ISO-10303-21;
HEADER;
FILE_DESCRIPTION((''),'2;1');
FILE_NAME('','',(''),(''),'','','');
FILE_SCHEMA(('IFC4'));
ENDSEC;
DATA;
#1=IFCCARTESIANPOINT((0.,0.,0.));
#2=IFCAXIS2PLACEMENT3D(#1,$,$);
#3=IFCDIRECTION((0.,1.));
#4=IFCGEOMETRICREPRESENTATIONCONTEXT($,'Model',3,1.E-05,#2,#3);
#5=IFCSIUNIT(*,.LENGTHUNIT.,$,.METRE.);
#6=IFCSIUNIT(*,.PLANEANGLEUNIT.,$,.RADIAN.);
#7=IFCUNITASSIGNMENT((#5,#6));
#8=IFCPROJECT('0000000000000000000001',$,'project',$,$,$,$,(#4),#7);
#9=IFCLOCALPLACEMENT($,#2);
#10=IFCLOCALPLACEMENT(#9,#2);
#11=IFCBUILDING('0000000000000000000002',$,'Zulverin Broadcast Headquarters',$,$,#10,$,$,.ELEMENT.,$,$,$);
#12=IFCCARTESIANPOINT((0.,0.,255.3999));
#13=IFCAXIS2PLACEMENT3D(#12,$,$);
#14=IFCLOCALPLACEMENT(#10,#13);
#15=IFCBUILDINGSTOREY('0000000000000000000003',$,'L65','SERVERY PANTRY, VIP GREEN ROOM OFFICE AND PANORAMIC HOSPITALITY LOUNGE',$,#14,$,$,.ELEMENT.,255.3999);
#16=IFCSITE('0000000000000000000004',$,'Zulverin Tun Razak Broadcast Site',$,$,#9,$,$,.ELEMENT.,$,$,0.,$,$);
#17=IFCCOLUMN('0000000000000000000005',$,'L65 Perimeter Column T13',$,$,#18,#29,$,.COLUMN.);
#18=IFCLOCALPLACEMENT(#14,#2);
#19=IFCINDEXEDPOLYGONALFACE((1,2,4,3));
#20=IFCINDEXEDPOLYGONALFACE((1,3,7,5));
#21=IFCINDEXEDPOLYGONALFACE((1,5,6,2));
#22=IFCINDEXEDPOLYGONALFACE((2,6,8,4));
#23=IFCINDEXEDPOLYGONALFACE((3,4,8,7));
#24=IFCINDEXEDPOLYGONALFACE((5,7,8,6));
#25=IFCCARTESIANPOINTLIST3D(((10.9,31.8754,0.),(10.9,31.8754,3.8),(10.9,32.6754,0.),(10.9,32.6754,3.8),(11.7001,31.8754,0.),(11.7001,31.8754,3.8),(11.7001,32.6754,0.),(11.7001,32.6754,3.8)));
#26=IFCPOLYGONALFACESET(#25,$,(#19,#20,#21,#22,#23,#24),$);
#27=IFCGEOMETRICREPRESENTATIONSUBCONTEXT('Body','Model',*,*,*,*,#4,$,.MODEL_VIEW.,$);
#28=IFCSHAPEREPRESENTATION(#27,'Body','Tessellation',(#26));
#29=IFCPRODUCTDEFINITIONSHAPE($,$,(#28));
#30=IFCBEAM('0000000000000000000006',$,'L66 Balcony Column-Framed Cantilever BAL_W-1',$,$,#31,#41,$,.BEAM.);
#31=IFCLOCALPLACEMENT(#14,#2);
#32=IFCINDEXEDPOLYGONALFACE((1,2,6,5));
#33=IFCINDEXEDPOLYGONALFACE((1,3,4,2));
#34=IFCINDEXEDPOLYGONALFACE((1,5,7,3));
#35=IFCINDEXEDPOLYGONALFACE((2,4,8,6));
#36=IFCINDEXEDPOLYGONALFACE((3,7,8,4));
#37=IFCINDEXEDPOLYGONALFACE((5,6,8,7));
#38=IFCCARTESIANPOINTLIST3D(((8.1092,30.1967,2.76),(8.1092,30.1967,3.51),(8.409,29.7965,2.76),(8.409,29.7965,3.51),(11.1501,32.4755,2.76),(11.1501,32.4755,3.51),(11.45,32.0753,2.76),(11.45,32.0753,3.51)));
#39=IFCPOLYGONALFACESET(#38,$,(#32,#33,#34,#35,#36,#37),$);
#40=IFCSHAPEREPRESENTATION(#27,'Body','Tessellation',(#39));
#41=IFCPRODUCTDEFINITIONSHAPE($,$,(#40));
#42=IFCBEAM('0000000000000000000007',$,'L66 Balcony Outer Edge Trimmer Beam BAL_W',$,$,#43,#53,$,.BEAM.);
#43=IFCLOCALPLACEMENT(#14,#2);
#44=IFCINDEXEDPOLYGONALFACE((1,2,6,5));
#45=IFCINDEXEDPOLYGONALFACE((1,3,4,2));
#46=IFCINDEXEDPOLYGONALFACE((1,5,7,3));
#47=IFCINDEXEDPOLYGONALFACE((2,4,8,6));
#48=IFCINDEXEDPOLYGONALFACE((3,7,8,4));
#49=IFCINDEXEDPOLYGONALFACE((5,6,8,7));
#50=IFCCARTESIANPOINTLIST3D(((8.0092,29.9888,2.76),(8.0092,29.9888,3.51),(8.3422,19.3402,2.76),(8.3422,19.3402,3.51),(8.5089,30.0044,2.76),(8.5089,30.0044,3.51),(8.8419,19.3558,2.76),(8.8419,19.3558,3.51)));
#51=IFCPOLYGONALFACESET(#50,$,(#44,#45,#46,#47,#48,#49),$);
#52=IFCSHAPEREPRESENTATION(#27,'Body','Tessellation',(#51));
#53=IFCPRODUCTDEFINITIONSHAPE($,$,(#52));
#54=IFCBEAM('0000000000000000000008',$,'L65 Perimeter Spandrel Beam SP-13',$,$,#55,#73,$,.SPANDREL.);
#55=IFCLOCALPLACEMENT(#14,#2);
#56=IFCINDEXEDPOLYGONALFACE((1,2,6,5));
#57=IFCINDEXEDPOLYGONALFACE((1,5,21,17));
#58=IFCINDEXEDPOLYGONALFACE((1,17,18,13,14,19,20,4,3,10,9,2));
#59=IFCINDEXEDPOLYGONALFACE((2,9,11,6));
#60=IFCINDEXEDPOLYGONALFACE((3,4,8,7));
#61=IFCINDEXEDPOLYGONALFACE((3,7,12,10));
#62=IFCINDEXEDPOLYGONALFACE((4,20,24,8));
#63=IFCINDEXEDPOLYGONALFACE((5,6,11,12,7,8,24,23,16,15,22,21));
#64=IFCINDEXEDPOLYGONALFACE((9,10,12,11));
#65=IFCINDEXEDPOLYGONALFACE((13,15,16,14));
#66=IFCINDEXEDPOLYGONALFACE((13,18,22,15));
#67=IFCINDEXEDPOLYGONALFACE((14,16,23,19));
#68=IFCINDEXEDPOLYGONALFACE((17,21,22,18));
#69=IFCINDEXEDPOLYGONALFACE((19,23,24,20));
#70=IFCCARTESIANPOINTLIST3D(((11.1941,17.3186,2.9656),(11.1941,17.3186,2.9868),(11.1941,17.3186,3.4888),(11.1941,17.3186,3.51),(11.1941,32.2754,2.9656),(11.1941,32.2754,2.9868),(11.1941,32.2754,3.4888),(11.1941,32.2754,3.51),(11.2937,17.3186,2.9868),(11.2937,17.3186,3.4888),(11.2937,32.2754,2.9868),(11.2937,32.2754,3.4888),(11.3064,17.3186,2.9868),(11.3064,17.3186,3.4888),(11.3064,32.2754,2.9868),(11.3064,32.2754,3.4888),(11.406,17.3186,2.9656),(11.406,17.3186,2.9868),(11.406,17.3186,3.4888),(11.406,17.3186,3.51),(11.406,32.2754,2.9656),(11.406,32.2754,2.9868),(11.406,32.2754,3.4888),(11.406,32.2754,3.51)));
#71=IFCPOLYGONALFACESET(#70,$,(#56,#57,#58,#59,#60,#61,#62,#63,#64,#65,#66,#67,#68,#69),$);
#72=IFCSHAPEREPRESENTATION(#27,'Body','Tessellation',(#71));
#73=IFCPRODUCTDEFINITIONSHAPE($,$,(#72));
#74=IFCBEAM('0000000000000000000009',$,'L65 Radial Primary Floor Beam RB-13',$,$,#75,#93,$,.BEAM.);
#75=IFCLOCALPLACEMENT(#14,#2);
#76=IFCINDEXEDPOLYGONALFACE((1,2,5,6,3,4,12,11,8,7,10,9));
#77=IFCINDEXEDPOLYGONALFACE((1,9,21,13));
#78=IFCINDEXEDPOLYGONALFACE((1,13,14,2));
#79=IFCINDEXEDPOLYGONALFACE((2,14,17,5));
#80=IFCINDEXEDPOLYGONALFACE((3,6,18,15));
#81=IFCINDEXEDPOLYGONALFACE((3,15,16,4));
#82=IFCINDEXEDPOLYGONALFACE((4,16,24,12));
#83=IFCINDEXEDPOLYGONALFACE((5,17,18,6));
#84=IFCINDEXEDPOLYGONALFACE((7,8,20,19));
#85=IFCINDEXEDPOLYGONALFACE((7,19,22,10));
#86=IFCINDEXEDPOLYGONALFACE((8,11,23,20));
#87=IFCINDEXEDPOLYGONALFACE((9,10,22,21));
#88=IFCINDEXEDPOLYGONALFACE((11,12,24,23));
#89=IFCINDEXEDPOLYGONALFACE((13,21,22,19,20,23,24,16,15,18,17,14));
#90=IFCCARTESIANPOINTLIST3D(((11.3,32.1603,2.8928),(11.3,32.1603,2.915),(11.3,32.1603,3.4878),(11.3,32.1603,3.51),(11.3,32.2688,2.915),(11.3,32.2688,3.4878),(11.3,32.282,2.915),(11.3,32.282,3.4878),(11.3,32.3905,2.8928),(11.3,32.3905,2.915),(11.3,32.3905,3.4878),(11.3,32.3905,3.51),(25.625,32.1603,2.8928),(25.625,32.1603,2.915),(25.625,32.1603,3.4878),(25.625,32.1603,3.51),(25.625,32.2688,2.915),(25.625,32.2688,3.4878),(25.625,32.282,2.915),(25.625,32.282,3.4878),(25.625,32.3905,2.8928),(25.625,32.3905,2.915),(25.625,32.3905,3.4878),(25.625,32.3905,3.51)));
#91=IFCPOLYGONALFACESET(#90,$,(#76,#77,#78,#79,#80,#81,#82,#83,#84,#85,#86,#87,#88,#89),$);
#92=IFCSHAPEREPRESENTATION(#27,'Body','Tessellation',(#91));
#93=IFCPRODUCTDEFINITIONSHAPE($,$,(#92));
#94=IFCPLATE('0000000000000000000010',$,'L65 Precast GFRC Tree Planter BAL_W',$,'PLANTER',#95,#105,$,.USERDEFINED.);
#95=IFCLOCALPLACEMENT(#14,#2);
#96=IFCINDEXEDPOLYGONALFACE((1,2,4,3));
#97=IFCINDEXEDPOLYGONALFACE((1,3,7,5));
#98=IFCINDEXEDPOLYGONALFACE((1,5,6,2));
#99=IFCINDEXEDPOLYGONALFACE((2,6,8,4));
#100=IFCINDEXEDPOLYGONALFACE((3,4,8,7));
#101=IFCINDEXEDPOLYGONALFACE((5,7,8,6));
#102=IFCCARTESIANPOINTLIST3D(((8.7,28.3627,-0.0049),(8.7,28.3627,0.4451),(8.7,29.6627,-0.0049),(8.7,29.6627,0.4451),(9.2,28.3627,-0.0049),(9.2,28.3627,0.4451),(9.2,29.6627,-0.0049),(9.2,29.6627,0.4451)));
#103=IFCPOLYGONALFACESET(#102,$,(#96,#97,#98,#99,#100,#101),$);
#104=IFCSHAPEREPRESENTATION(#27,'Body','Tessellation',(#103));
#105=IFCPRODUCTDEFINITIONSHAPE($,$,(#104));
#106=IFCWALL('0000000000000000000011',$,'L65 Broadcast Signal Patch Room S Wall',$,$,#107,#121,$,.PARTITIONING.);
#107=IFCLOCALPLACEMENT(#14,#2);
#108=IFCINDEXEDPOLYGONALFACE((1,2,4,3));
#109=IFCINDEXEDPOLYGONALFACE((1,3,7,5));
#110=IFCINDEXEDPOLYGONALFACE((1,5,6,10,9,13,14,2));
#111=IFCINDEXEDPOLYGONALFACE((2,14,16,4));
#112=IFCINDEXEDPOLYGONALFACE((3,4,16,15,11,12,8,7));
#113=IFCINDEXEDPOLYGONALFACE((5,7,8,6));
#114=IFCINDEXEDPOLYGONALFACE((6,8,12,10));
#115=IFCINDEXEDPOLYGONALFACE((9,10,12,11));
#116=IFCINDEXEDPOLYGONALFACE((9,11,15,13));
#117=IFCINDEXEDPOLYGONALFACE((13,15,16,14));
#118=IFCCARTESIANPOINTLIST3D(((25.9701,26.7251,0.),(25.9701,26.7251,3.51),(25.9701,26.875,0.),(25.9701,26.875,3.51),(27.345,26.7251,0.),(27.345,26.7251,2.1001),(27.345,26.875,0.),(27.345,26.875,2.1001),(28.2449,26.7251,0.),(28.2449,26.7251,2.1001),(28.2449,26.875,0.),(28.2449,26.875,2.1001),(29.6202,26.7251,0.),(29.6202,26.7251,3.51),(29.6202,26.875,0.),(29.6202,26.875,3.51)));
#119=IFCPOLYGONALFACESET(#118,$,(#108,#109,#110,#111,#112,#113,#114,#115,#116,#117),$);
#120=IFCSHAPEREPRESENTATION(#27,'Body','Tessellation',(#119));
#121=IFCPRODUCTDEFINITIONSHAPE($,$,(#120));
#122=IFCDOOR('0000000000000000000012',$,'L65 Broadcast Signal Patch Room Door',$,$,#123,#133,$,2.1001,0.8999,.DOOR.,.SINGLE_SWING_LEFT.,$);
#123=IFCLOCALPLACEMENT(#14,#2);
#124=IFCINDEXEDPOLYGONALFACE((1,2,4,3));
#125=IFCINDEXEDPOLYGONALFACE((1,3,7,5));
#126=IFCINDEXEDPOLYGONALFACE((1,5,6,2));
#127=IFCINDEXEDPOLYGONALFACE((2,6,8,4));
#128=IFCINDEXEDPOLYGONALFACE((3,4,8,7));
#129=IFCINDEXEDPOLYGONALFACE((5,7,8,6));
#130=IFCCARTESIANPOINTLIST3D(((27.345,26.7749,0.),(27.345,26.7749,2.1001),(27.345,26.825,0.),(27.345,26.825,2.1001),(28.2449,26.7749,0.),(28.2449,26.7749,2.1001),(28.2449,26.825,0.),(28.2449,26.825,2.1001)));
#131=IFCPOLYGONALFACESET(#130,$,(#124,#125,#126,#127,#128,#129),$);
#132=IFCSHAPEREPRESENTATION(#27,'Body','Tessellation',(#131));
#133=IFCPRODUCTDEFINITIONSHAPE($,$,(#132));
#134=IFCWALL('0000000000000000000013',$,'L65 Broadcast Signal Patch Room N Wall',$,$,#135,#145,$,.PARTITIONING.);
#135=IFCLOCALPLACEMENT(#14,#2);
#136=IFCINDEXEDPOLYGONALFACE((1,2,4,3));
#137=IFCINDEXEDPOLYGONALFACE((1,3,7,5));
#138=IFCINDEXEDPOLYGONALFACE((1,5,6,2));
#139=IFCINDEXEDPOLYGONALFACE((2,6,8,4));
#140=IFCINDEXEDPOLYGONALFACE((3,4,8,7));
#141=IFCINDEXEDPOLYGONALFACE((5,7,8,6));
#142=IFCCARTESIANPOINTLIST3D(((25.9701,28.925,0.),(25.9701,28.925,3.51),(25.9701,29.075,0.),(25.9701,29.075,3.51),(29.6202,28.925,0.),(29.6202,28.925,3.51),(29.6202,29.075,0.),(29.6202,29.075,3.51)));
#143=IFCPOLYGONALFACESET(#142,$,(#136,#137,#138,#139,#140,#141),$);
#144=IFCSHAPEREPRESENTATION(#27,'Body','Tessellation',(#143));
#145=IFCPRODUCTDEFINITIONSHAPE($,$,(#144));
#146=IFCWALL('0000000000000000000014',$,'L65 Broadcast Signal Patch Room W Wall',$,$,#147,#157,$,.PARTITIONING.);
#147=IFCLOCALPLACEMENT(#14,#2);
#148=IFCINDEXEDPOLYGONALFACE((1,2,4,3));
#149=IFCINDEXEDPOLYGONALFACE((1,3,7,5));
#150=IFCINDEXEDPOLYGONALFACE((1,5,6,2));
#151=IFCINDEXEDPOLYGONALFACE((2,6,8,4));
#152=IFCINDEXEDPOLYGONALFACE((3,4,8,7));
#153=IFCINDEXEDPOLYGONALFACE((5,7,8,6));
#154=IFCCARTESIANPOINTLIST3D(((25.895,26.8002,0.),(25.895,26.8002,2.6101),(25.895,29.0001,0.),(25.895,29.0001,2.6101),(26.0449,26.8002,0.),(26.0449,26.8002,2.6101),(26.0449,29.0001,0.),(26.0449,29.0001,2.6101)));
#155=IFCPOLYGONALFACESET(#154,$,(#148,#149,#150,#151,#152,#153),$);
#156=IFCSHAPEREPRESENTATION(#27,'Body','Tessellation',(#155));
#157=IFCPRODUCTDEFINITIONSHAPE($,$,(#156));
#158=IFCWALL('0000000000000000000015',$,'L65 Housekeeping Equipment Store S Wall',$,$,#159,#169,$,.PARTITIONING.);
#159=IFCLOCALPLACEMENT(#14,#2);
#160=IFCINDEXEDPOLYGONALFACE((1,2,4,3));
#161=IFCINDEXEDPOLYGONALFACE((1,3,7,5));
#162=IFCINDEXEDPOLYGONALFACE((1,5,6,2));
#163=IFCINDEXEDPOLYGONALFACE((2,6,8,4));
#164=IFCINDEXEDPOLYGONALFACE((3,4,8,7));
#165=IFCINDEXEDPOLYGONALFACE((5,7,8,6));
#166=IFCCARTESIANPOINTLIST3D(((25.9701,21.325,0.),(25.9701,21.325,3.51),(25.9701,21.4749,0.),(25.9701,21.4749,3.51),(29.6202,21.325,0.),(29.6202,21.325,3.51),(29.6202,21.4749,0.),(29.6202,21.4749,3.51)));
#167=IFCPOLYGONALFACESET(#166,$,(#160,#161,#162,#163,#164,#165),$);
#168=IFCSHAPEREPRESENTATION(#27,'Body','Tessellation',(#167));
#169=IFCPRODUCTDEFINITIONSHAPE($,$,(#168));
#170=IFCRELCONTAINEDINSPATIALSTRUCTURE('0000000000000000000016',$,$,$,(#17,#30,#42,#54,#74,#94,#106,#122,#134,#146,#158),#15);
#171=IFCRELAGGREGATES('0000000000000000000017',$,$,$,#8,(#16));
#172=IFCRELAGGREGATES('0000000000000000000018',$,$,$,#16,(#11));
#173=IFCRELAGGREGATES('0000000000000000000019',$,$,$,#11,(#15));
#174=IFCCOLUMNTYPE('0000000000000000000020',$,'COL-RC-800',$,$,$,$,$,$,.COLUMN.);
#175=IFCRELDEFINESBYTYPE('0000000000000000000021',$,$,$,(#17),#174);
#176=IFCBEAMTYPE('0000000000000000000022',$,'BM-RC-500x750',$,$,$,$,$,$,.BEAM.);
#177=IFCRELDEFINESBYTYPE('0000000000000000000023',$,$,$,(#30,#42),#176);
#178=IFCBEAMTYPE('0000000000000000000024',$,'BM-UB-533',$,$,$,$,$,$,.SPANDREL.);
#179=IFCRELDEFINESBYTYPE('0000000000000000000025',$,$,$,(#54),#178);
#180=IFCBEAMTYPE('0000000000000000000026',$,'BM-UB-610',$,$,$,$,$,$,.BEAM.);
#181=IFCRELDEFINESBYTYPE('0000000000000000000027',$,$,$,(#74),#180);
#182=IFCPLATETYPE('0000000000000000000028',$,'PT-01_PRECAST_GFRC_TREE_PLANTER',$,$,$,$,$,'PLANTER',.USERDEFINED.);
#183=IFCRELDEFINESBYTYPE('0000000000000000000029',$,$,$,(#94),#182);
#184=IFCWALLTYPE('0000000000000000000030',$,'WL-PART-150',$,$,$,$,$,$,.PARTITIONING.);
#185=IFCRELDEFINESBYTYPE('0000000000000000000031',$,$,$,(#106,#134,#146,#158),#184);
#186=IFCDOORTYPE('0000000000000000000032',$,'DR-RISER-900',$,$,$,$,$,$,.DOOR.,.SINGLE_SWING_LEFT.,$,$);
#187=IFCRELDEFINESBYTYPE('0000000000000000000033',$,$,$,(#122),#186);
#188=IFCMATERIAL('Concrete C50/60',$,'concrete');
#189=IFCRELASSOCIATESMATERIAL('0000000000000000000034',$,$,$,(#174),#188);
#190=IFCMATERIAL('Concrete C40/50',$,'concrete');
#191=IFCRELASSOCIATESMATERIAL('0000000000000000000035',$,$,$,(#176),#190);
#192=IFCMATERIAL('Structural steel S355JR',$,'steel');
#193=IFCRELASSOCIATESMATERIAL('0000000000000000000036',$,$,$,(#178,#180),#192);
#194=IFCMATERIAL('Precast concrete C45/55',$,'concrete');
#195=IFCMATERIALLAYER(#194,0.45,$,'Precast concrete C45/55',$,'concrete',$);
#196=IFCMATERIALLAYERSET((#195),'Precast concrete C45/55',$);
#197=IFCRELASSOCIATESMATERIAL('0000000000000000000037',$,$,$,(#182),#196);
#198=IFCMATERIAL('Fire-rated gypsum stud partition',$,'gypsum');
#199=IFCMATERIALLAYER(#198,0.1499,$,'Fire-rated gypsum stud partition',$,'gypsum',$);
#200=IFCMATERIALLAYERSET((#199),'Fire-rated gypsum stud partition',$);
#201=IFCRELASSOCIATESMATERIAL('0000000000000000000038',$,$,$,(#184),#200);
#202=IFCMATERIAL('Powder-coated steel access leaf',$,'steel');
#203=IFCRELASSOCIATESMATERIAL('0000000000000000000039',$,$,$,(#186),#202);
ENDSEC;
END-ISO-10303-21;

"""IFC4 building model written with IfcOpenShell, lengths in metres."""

from ifc_helpers import new_model, si_unit, direction, frame, frame_2d, origin, origin_2d, place, context, subcontext, project, spatial, rectangle, i_section, extrude, material, layer, layer_set, material_profile, profile_set, type_object, element, fill, save


model = new_model("IFC4")

# Units and contexts
model_context = context("Model", 3, precision=1e-05, world=origin(), true_north=direction((0.0, 1.0)))
body_context = subcontext(model_context, "Body", "Model", "MODEL_VIEW")
ifc_project = project(units=[si_unit("LENGTHUNIT", "METRE"), si_unit("PLANEANGLEUNIT", "RADIAN")], contexts=[model_context])

# Site, building, storey
site_placement = place(None, origin())
site = spatial("IfcSite", under=ifc_project, at=site_placement, Name="Zulverin Tun Razak Broadcast Site", CompositionType="ELEMENT", RefElevation=0.0)
building_placement = place(site_placement, origin())
building = spatial("IfcBuilding", under=site, at=building_placement, Name="Zulverin Broadcast Headquarters", CompositionType="ELEMENT")
storey_placement = place(building_placement, frame((0.0, 0.0, 255.3999)))
storey = spatial("IfcBuildingStorey", under=building, at=storey_placement, Name="L65", Description="SERVERY PANTRY, VIP GREEN ROOM OFFICE AND PANORAMIC HOSPITALITY LOUNGE", CompositionType="ELEMENT", Elevation=255.3999)

# Column
ifc_material_1 = material(Name="Concrete C50/60", Category="concrete")
ifc_material_profile_1 = material_profile(ifc_material_1, rectangle(XDim=0.8, YDim=0.8, at=origin_2d()), Name="Concrete C50/60", Category="concrete")
ifc_profile_set_1 = profile_set([ifc_material_profile_1], Name="Concrete C50/60")
column_type = type_object("IfcColumnType", Name="COL-RC-800", PredefinedType="COLUMN", material=ifc_profile_set_1)
column_placement = place(storey_placement, frame((11.3, 32.2754, 0.0), z_axis=(0.0, 0.0, 1.0), x_axis=(1.0, 0.0, 0.0)))
element("IfcColumn", 1, at=column_placement, inside=storey, type_object=column_type, Name="L65 Perimeter Column T13", PredefinedType="COLUMN", context=body_context, shape_type="SweptSolid", body=[
    extrude(rectangle(XDim=0.8, YDim=0.8, at=origin_2d()), origin(), (0.0, 0.0, 1.0), 3.8),
])

# Beams
ifc_material_2 = material(Name="Concrete C40/50", Category="concrete")
ifc_material_profile_2 = material_profile(ifc_material_2, rectangle(XDim=0.5, YDim=0.75, at=origin_2d()), Name="Concrete C40/50", Category="concrete")
ifc_profile_set_2 = profile_set([ifc_material_profile_2], Name="Concrete C40/50")
beam_type_1 = type_object("IfcBeamType", Name="BM-RC-500x750", PredefinedType="BEAM", material=ifc_profile_set_2)
beam_1_placement = place(storey_placement, frame((11.3, 32.2754, 3.135), z_axis=(-0.800247, -0.599671, 0.0), x_axis=(0.599671, -0.800247, 0.0)))
element("IfcBeam", 2, at=beam_1_placement, inside=storey, type_object=beam_type_1, Name="L66 Balcony Column-Framed Cantilever BAL_W-1", PredefinedType="BEAM", context=body_context, shape_type="SweptSolid", body=[
    extrude(rectangle(XDim=0.5, YDim=0.75, at=origin_2d()), origin(), (0.0, 0.0, 1.0), 3.8),
])
beam_2_placement = place(storey_placement, frame((8.259, 29.9966, 3.135), z_axis=(0.031257, -0.999511, 0.0), x_axis=(0.999511, 0.031257, 0.0)))
element("IfcBeam", 3, at=beam_2_placement, inside=storey, type_object=beam_type_1, Name="L66 Balcony Outer Edge Trimmer Beam BAL_W", PredefinedType="BEAM", context=body_context, shape_type="SweptSolid", body=[
    extrude(rectangle(XDim=0.5, YDim=0.75, at=origin_2d()), origin(), (0.0, 0.0, 1.0), 10.6538),
])
ifc_material_3 = material(Name="Structural steel S355JR", Category="steel")
ifc_material_profile_3 = material_profile(ifc_material_3, i_section(OverallWidth=0.2119, OverallDepth=0.5444, WebThickness=0.0127, FlangeThickness=0.0212, at=origin_2d()), Name="Structural steel S355JR", Category="steel")
ifc_profile_set_3 = profile_set([ifc_material_profile_3], Name="Structural steel S355JR")
beam_type_2 = type_object("IfcBeamType", Name="BM-UB-533", PredefinedType="SPANDREL", material=ifc_profile_set_3)
beam_3_placement = place(storey_placement, frame((11.3, 32.2754, 3.2378), z_axis=(0.0, -1.0, 0.0), x_axis=(1.0, 0.0, 0.0)))
element("IfcBeam", 4, at=beam_3_placement, inside=storey, type_object=beam_type_2, Name="L65 Perimeter Spandrel Beam SP-13", PredefinedType="SPANDREL", context=body_context, shape_type="SweptSolid", body=[
    extrude(i_section(OverallWidth=0.2119, OverallDepth=0.5444, WebThickness=0.0127, FlangeThickness=0.0212, at=origin_2d()), origin(), (0.0, 0.0, 1.0), 14.9568),
])
ifc_material_profile_4 = material_profile(ifc_material_3, i_section(OverallWidth=0.2302, OverallDepth=0.6172, WebThickness=0.0132, FlangeThickness=0.0222, at=origin_2d()), Name="Structural steel S355JR", Category="steel")
ifc_profile_set_4 = profile_set([ifc_material_profile_4], Name="Structural steel S355JR")
beam_type_3 = type_object("IfcBeamType", Name="BM-UB-610", PredefinedType="BEAM", material=ifc_profile_set_4)
beam_4_placement = place(storey_placement, frame((25.625, 32.2754, 3.2014), z_axis=(-1.0, 0.0, 0.0), x_axis=(0.0, -1.0, 0.0)))
element("IfcBeam", 5, at=beam_4_placement, inside=storey, type_object=beam_type_3, Name="L65 Radial Primary Floor Beam RB-13", PredefinedType="BEAM", context=body_context, shape_type="SweptSolid", body=[
    extrude(i_section(OverallWidth=0.2302, OverallDepth=0.6172, WebThickness=0.0132, FlangeThickness=0.0222, at=origin_2d()), origin(), (0.0, 0.0, 1.0), 14.325),
])

# Plate
ifc_material_4 = material(Name="Precast concrete C45/55", Category="concrete")
ifc_layer_1 = layer(ifc_material_4, 0.45, Name="Precast concrete C45/55", Category="concrete")
ifc_layer_set_1 = layer_set([ifc_layer_1], Name="Precast concrete C45/55")
plate_type = type_object("IfcPlateType", Name="PT-01_PRECAST_GFRC_TREE_PLANTER", ElementType="PLANTER", PredefinedType="USERDEFINED", material=ifc_layer_set_1)
plate_placement = place(storey_placement, frame((8.95, 29.0127, -0.0049), z_axis=(0.0, 0.0, 1.0), x_axis=(0.0, 1.0, 0.0)))
element("IfcPlate", 6, at=plate_placement, inside=storey, type_object=plate_type, Name="L65 Precast GFRC Tree Planter BAL_W", ObjectType="PLANTER", PredefinedType="USERDEFINED", context=body_context, shape_type="SweptSolid", body=[
    extrude(rectangle(XDim=1.3, YDim=0.5, at=origin_2d()), origin(), (0.0, 0.0, 1.0), 0.45),
])

# Wall, opening, door
ifc_material_5 = material(Name="Fire-rated gypsum stud partition", Category="gypsum")
ifc_layer_2 = layer(ifc_material_5, 0.1499, Name="Fire-rated gypsum stud partition", Category="gypsum")
ifc_layer_set_2 = layer_set([ifc_layer_2], Name="Fire-rated gypsum stud partition")
wall_type = type_object("IfcWallType", Name="WL-PART-150", PredefinedType="PARTITIONING", material=ifc_layer_set_2)
wall_1_placement = place(storey_placement, frame((25.97, 26.8, 0.0), z_axis=(0.0, 0.0, 1.0), x_axis=(1.0, 0.0, 0.0)))
wall_1 = element("IfcWall", 7, at=wall_1_placement, inside=storey, type_object=wall_type, Name="L65 Broadcast Signal Patch Room S Wall", PredefinedType="PARTITIONING", context=body_context, shape_type="SweptSolid", body=[
    extrude(rectangle(XDim=3.6501, YDim=0.1499, at=frame_2d((1.8252, 0.0))), origin(), (0.0, 0.0, 1.0), 3.51),
])
opening_1_placement = place(wall_1_placement, frame((1.375, 0.0, 0.0)))
opening_1 = element("IfcOpeningElement", 8, at=opening_1_placement, cuts=wall_1, PredefinedType="OPENING", context=body_context, shape_type="SweptSolid", body=[
    extrude(rectangle(XDim=0.8999, YDim=2.1001, at=frame_2d((0.45, 1.05))), frame((0.0, 0.085, 0.0), z_axis=(0.0, -1.0, 0.0), x_axis=(1.0, 0.0, 0.0)), (0.0, 0.0, 1.0), 0.1699),
])
ifc_material_6 = material(Name="Powder-coated steel access leaf", Category="steel")
door_type = type_object("IfcDoorType", Name="DR-RISER-900", OperationType="SINGLE_SWING_LEFT", PredefinedType="DOOR", material=ifc_material_6)
door_1_placement = place(opening_1_placement, origin())
door_1 = element("IfcDoor", 9, at=door_1_placement, inside=storey, type_object=door_type, Name="L65 Broadcast Signal Patch Room Door", OperationType="SINGLE_SWING_LEFT", OverallHeight=2.1001, OverallWidth=0.8999, PredefinedType="DOOR", context=body_context, shape_type="SweptSolid", body=[
    extrude(rectangle(XDim=0.8999, YDim=2.1001, at=frame_2d((0.45, 1.05))), frame((0.0, 0.0249, 0.0), z_axis=(0.0, -1.0, 0.0), x_axis=(1.0, 0.0, 0.0)), (0.0, 0.0, 1.0), 0.05),
])
fill(opening_1, door_1)

# Walls
wall_2_placement = place(storey_placement, frame((25.97, 29.0, 0.0), z_axis=(0.0, 0.0, 1.0), x_axis=(1.0, 0.0, 0.0)))
element("IfcWall", 10, at=wall_2_placement, inside=storey, type_object=wall_type, Name="L65 Broadcast Signal Patch Room N Wall", PredefinedType="PARTITIONING", context=body_context, shape_type="SweptSolid", body=[
    extrude(rectangle(XDim=3.6501, YDim=0.1499, at=frame_2d((1.8252, 0.0))), origin(), (0.0, 0.0, 1.0), 3.51),
])
wall_3_placement = place(storey_placement, frame((25.97, 26.8, 0.0), z_axis=(0.0, 0.0, 1.0), x_axis=(0.0, 1.0, 0.0)))
element("IfcWall", 11, at=wall_3_placement, inside=storey, type_object=wall_type, Name="L65 Broadcast Signal Patch Room W Wall", PredefinedType="PARTITIONING", context=body_context, shape_type="SweptSolid", body=[
    extrude(rectangle(XDim=2.2, YDim=0.1499, at=frame_2d((1.1001, 0.0))), origin(), (0.0, 0.0, 1.0), 2.6101),
])
wall_4_placement = place(storey_placement, frame((25.97, 21.3999, 0.0), z_axis=(0.0, 0.0, 1.0), x_axis=(1.0, 0.0, 0.0)))
element("IfcWall", 12, at=wall_4_placement, inside=storey, type_object=wall_type, Name="L65 Housekeeping Equipment Store S Wall", PredefinedType="PARTITIONING", context=body_context, shape_type="SweptSolid", body=[
    extrude(rectangle(XDim=3.6501, YDim=0.1499, at=frame_2d((1.8252, 0.0))), origin(), (0.0, 0.0, 1.0), 3.51),
])

save(model, "model.ifc")
